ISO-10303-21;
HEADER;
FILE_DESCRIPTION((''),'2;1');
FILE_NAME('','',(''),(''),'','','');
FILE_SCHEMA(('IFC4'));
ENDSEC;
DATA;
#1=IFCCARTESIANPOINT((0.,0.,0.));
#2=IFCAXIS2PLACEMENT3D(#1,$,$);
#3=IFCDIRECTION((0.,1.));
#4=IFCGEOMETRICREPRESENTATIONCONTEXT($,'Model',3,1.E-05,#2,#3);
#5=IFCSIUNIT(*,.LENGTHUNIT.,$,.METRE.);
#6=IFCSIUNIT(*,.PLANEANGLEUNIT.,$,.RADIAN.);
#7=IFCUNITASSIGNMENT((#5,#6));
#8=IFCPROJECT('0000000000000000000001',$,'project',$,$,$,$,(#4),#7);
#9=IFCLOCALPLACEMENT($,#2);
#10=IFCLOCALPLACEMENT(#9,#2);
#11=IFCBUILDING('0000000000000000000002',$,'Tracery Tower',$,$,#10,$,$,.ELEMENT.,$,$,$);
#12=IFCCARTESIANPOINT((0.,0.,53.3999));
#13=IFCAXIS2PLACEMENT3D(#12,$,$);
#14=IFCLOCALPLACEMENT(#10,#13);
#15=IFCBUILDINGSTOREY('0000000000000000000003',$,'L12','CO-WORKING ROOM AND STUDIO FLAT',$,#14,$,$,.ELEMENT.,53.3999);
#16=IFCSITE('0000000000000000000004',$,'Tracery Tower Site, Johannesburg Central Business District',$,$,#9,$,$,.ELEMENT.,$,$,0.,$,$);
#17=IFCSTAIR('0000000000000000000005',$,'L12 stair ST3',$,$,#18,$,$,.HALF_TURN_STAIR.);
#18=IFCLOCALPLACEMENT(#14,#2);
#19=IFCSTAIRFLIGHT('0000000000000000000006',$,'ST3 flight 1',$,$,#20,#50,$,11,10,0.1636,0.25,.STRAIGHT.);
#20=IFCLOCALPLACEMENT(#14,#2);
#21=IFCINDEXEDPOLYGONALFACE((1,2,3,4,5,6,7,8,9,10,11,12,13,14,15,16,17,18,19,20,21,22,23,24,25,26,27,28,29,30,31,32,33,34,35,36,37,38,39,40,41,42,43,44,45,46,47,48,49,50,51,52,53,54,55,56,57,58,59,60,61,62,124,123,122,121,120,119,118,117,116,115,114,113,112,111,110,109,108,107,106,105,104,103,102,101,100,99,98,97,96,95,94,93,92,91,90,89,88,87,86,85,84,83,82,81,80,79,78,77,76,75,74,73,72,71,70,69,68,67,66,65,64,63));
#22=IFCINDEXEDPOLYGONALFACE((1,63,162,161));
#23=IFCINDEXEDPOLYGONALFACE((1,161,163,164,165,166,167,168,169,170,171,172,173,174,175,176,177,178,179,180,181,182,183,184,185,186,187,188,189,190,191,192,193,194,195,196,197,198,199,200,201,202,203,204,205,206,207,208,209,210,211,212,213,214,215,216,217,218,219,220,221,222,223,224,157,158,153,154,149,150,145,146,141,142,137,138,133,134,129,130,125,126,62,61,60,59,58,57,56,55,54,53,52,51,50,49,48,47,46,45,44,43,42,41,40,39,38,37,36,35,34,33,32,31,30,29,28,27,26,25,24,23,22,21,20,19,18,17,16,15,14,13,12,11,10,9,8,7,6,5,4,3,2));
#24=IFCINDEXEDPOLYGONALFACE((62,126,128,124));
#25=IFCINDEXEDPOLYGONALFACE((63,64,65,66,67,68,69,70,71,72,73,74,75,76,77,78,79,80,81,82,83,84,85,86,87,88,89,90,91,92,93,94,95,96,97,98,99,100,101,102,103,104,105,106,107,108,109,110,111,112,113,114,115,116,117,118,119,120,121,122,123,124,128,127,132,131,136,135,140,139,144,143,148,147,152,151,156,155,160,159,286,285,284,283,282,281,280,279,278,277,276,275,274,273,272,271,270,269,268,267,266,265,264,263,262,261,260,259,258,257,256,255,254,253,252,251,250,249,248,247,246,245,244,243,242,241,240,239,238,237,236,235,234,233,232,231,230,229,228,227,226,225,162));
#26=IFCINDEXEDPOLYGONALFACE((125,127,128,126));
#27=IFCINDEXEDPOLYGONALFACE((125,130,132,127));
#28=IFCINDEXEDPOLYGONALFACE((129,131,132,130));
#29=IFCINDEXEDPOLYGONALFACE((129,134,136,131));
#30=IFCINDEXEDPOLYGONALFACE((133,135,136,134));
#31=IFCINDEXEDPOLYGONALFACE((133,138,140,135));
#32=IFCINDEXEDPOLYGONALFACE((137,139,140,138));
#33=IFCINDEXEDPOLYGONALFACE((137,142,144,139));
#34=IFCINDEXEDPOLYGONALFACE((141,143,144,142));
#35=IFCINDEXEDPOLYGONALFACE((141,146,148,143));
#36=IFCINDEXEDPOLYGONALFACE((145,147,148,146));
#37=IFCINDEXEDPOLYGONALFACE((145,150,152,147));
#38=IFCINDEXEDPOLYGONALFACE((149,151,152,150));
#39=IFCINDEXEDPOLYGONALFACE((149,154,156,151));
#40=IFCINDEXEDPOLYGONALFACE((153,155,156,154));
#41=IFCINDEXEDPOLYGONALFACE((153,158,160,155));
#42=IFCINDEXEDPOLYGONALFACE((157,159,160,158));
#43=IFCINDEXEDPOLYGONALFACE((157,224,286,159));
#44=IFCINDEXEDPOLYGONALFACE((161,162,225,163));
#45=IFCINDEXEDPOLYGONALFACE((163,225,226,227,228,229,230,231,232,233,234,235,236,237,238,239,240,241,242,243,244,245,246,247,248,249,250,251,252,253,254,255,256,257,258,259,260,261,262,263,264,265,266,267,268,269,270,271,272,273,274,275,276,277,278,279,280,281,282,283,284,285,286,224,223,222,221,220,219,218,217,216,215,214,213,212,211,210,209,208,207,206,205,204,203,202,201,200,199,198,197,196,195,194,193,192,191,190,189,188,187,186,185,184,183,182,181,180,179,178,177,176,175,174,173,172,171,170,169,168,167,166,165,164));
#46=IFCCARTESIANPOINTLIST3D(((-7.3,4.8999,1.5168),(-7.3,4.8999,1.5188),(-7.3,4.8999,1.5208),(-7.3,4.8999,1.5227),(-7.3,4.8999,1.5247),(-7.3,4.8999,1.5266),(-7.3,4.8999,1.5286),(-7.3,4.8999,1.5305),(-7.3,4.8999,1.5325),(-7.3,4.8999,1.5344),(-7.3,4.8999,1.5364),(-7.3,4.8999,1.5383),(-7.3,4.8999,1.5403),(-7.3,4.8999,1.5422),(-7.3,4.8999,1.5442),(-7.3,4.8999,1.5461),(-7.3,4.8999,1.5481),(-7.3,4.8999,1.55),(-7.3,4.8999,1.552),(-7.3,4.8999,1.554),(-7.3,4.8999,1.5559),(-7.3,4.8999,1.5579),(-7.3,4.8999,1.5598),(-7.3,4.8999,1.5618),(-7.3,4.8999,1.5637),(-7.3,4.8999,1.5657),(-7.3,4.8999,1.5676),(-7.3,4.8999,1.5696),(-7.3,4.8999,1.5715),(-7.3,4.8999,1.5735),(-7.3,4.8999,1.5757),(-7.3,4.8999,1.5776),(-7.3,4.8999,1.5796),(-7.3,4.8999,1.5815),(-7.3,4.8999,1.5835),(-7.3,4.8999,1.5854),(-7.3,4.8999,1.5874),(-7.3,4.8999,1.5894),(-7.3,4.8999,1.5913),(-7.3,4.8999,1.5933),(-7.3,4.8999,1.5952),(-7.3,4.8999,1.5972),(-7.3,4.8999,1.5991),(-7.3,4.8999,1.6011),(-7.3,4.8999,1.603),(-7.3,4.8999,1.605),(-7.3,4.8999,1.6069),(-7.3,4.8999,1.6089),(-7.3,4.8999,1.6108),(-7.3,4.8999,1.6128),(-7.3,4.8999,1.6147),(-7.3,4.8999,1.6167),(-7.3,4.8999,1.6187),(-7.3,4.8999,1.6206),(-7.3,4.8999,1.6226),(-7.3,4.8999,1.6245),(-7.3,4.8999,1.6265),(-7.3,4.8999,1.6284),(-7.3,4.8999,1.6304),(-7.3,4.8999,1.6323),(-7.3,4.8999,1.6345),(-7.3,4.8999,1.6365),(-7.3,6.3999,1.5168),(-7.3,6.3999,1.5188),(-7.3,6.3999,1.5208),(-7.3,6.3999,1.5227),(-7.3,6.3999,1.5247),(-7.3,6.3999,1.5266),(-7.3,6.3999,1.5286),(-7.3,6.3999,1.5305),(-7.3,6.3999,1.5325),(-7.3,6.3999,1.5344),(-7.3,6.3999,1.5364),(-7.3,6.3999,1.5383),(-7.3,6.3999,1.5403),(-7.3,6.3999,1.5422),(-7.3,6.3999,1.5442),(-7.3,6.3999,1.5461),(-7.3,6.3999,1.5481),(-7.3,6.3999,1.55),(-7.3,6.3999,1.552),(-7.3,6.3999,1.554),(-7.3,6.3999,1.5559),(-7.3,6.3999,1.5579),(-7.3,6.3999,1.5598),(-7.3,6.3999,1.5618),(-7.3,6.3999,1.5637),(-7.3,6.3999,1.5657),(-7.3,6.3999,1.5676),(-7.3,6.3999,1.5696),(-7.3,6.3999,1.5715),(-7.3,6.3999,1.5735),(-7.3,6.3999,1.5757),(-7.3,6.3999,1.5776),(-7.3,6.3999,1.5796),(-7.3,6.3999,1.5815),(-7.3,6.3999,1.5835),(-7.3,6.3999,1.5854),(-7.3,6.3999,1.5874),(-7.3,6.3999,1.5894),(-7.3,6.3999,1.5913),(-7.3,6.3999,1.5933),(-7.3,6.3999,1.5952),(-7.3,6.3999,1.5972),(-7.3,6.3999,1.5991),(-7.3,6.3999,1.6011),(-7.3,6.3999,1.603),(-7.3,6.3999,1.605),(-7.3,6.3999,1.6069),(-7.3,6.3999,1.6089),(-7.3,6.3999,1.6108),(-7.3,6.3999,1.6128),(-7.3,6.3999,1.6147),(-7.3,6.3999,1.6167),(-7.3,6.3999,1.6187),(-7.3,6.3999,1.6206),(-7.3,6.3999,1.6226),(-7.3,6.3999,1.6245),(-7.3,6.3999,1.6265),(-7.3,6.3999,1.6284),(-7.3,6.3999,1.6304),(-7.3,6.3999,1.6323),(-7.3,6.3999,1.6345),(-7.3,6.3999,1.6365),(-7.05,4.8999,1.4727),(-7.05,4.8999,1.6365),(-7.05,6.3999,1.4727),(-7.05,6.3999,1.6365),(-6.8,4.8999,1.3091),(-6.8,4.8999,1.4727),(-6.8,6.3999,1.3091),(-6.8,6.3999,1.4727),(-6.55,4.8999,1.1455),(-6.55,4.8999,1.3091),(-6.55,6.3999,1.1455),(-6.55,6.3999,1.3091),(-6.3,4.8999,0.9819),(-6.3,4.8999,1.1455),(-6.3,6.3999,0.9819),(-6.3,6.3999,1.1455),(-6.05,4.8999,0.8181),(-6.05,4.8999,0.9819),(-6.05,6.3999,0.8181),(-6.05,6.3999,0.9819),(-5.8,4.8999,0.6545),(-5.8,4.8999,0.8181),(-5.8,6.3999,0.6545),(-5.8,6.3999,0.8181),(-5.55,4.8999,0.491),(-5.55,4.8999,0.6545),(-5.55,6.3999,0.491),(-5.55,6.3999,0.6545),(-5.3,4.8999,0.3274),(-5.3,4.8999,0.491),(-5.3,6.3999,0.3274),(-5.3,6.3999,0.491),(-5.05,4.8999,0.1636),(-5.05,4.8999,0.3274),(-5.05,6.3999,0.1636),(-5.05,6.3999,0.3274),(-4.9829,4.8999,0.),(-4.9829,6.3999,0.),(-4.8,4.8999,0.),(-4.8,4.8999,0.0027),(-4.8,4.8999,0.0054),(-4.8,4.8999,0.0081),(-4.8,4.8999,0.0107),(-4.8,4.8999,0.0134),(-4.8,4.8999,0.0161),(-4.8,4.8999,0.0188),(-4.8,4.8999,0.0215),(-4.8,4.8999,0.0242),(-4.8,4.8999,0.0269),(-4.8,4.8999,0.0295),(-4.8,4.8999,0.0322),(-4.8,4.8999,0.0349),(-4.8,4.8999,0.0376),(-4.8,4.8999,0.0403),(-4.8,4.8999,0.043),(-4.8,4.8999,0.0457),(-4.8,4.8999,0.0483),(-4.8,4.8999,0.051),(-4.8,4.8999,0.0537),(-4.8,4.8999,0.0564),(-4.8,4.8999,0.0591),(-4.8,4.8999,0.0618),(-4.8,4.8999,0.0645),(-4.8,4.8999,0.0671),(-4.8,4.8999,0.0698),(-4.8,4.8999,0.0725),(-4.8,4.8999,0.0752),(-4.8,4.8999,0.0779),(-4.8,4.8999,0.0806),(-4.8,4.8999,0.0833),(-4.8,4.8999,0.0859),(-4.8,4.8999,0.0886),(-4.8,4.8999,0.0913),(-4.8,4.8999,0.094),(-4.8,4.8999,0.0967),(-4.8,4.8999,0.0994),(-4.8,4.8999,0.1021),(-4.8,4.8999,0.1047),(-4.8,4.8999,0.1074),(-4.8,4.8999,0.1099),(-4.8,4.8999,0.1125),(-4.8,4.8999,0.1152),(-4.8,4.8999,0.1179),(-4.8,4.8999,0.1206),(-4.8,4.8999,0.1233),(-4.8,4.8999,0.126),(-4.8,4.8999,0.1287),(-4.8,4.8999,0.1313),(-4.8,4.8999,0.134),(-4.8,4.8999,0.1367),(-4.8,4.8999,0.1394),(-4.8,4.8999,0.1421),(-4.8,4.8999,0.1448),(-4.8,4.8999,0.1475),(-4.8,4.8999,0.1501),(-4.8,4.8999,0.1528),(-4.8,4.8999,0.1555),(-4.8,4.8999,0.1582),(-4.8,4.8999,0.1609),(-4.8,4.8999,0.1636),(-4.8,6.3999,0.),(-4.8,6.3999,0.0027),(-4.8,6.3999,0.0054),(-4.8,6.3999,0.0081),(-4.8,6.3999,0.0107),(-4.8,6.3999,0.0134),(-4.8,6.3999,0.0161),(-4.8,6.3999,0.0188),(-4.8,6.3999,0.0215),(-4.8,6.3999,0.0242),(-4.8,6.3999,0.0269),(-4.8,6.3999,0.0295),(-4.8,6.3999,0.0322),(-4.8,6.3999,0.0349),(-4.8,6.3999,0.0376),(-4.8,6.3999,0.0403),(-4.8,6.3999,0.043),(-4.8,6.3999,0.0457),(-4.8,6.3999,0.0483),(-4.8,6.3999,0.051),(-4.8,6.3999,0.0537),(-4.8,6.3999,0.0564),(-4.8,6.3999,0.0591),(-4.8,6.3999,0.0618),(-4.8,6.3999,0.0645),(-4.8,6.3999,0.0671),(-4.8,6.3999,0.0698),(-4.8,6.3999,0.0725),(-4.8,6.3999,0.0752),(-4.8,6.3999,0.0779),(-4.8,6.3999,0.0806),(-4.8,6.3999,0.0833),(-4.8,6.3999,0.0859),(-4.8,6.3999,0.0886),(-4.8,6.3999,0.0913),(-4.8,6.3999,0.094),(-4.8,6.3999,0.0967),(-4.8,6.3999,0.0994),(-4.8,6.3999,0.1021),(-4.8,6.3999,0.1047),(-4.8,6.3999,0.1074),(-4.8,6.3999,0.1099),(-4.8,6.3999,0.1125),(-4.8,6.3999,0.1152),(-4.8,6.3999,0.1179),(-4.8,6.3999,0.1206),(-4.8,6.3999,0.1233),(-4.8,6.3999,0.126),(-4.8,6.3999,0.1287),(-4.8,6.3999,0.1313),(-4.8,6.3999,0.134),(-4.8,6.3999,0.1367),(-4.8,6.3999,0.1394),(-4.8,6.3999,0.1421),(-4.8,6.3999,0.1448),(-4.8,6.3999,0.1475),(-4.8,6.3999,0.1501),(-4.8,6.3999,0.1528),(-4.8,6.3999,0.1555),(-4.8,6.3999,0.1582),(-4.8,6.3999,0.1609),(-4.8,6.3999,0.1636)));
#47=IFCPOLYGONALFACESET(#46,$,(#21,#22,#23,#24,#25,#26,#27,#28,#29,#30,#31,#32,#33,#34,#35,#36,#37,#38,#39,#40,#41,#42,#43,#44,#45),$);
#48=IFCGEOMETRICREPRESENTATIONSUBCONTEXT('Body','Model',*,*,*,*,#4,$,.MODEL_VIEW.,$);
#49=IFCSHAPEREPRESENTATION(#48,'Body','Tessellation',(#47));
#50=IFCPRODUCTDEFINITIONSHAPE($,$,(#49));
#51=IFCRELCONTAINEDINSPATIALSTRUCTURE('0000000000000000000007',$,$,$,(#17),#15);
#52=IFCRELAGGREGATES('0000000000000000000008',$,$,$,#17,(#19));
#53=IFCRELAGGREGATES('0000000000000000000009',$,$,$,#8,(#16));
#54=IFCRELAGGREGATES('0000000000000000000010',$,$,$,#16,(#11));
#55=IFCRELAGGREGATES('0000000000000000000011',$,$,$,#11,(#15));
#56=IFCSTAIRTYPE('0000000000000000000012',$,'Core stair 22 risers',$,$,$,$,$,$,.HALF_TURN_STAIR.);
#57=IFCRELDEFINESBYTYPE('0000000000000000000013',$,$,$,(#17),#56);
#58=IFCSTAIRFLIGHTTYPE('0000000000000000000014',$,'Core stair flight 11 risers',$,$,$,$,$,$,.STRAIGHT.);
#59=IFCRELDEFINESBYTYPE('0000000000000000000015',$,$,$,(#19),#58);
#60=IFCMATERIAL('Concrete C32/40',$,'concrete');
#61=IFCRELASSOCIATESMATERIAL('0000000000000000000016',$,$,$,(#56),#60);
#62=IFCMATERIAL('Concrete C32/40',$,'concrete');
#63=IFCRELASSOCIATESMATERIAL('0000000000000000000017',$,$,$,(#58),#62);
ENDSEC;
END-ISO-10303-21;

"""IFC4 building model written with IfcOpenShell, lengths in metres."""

from ifc_helpers import new_model, si_unit, direction, frame, origin, place, context, subcontext, project, spatial, polyline, outline, extrude, material, type_object, element, aggregate, save


model = new_model("IFC4")

# Units and contexts
model_context = context("Model", 3, precision=1e-05, world=origin(), true_north=direction((0.0, 1.0)))
body_context = subcontext(model_context, "Body", "Model", "MODEL_VIEW")
ifc_project = project(units=[si_unit("LENGTHUNIT", "METRE"), si_unit("PLANEANGLEUNIT", "RADIAN")], contexts=[model_context])

# Site, building, storey
site_placement = place(None, origin())
site = spatial("IfcSite", under=ifc_project, at=site_placement, Name="Tracery Tower Site, Johannesburg Central Business District", CompositionType="ELEMENT", RefElevation=0.0)
building_placement = place(site_placement, origin())
building = spatial("IfcBuilding", under=site, at=building_placement, Name="Tracery Tower", CompositionType="ELEMENT")
storey_placement = place(building_placement, frame((0.0, 0.0, 53.3999)))
storey = spatial("IfcBuildingStorey", under=building, at=storey_placement, Name="L12", Description="CO-WORKING ROOM AND STUDIO FLAT", CompositionType="ELEMENT", Elevation=53.3999)

# Stair, stair flight
ifc_material_1 = material(Name="Concrete C32/40", Category="concrete")
stair_type = type_object("IfcStairType", Name="Core stair 22 risers", PredefinedType="HALF_TURN_STAIR", material=ifc_material_1)
stair_placement = place(storey_placement, origin())
stair = element("IfcStair", 1, at=stair_placement, inside=storey, type_object=stair_type, Name="L12 stair ST3", PredefinedType="HALF_TURN_STAIR")
ifc_material_2 = material(Name="Concrete C32/40", Category="concrete")
stair_flight_type = type_object("IfcStairFlightType", Name="Core stair flight 11 risers", PredefinedType="STRAIGHT", material=ifc_material_2)
stair_flight_1_placement = place(storey_placement, frame((-4.8, 5.6499, 0.0), z_axis=(0.0, 0.0, 1.0), x_axis=(-1.0, 0.0, 0.0)))
stair_flight_1 = element("IfcStairFlight", 2, at=stair_flight_1_placement, type_object=stair_flight_type, Name="ST3 flight 1", NumberOfRisers=11, NumberOfTreads=10, PredefinedType="STRAIGHT", RiserHeight=0.1636, TreadLength=0.25, context=body_context, shape_type="SweptSolid", body=[
    extrude(outline(polyline([(0.0, 0.0), (0.0, 0.0027), (0.0, 0.0054), (0.0, 0.0081), (0.0, 0.0107), (0.0, 0.0134), (0.0, 0.0161), (0.0, 0.0188), (0.0, 0.0215), (0.0, 0.0242), (0.0, 0.0269), (0.0, 0.0295), (0.0, 0.0322), (0.0, 0.0349), (0.0, 0.0376), (0.0, 0.0403), (0.0, 0.043), (0.0, 0.0457), (0.0, 0.0483), (0.0, 0.051), (0.0, 0.0537), (0.0, 0.0564), (0.0, 0.0591), (0.0, 0.0618), (0.0, 0.0645), (0.0, 0.0671), (0.0, 0.0698), (0.0, 0.0725), (0.0, 0.0752), (0.0, 0.0779), (0.0, 0.0806), (0.0, 0.0833), (0.0, 0.0859), (0.0, 0.0886), (0.0, 0.0913), (0.0, 0.094), (0.0, 0.0967), (0.0, 0.0994), (0.0, 0.1021), (0.0, 0.1047), (0.0, 0.1074), (0.0, 0.1099), (0.0, 0.1125), (0.0, 0.1152), (0.0, 0.1179), (0.0, 0.1206), (0.0, 0.1233), (0.0, 0.126), (0.0, 0.1287), (0.0, 0.1313), (0.0, 0.134), (0.0, 0.1367), (0.0, 0.1394), (0.0, 0.1421), (0.0, 0.1448), (0.0, 0.1475), (0.0, 0.1501), (0.0, 0.1528), (0.0, 0.1555), (0.0, 0.1582), (0.0, 0.1609), (0.0, 0.1636), (0.25, 0.1636), (0.25, 0.3274), (0.5, 0.3274), (0.5, 0.491), (0.75, 0.491), (0.75, 0.6545), (1.0, 0.6545), (1.0, 0.8181), (1.25, 0.8181), (1.25, 0.9819), (1.5, 0.9819), (1.5, 1.1455), (1.75, 1.1455), (1.75, 1.3091), (2.0, 1.3091), (2.0, 1.4727), (2.25, 1.4727), (2.25, 1.6365), (2.5, 1.6365), (2.5, 1.6345), (2.5, 1.6323), (2.5, 1.6304), (2.5, 1.6284), (2.5, 1.6265), (2.5, 1.6245), (2.5, 1.6226), (2.5, 1.6206), (2.5, 1.6187), (2.5, 1.6167), (2.5, 1.6147), (2.5, 1.6128), (2.5, 1.6108), (2.5, 1.6089), (2.5, 1.6069), (2.5, 1.605), (2.5, 1.603), (2.5, 1.6011), (2.5, 1.5991), (2.5, 1.5972), (2.5, 1.5952), (2.5, 1.5933), (2.5, 1.5913), (2.5, 1.5894), (2.5, 1.5874), (2.5, 1.5854), (2.5, 1.5835), (2.5, 1.5815), (2.5, 1.5796), (2.5, 1.5776), (2.5, 1.5757), (2.5, 1.5735), (2.5, 1.5715), (2.5, 1.5696), (2.5, 1.5676), (2.5, 1.5657), (2.5, 1.5637), (2.5, 1.5618), (2.5, 1.5598), (2.5, 1.5579), (2.5, 1.5559), (2.5, 1.554), (2.5, 1.552), (2.5, 1.55), (2.5, 1.5481), (2.5, 1.5461), (2.5, 1.5442), (2.5, 1.5422), (2.5, 1.5403), (2.5, 1.5383), (2.5, 1.5364), (2.5, 1.5344), (2.5, 1.5325), (2.5, 1.5305), (2.5, 1.5286), (2.5, 1.5266), (2.5, 1.5247), (2.5, 1.5227), (2.5, 1.5208), (2.5, 1.5188), (2.5, 1.5168), (0.1829, 0.0), (0.0, 0.0)])), frame((0.0, 0.75, 0.0), z_axis=(0.0, -1.0, 0.0), x_axis=(1.0, 0.0, 0.0)), (0.0, 0.0, 1.0), 1.5),
])
aggregate(stair, [stair_flight_1])

save(model, "model.ifc")
